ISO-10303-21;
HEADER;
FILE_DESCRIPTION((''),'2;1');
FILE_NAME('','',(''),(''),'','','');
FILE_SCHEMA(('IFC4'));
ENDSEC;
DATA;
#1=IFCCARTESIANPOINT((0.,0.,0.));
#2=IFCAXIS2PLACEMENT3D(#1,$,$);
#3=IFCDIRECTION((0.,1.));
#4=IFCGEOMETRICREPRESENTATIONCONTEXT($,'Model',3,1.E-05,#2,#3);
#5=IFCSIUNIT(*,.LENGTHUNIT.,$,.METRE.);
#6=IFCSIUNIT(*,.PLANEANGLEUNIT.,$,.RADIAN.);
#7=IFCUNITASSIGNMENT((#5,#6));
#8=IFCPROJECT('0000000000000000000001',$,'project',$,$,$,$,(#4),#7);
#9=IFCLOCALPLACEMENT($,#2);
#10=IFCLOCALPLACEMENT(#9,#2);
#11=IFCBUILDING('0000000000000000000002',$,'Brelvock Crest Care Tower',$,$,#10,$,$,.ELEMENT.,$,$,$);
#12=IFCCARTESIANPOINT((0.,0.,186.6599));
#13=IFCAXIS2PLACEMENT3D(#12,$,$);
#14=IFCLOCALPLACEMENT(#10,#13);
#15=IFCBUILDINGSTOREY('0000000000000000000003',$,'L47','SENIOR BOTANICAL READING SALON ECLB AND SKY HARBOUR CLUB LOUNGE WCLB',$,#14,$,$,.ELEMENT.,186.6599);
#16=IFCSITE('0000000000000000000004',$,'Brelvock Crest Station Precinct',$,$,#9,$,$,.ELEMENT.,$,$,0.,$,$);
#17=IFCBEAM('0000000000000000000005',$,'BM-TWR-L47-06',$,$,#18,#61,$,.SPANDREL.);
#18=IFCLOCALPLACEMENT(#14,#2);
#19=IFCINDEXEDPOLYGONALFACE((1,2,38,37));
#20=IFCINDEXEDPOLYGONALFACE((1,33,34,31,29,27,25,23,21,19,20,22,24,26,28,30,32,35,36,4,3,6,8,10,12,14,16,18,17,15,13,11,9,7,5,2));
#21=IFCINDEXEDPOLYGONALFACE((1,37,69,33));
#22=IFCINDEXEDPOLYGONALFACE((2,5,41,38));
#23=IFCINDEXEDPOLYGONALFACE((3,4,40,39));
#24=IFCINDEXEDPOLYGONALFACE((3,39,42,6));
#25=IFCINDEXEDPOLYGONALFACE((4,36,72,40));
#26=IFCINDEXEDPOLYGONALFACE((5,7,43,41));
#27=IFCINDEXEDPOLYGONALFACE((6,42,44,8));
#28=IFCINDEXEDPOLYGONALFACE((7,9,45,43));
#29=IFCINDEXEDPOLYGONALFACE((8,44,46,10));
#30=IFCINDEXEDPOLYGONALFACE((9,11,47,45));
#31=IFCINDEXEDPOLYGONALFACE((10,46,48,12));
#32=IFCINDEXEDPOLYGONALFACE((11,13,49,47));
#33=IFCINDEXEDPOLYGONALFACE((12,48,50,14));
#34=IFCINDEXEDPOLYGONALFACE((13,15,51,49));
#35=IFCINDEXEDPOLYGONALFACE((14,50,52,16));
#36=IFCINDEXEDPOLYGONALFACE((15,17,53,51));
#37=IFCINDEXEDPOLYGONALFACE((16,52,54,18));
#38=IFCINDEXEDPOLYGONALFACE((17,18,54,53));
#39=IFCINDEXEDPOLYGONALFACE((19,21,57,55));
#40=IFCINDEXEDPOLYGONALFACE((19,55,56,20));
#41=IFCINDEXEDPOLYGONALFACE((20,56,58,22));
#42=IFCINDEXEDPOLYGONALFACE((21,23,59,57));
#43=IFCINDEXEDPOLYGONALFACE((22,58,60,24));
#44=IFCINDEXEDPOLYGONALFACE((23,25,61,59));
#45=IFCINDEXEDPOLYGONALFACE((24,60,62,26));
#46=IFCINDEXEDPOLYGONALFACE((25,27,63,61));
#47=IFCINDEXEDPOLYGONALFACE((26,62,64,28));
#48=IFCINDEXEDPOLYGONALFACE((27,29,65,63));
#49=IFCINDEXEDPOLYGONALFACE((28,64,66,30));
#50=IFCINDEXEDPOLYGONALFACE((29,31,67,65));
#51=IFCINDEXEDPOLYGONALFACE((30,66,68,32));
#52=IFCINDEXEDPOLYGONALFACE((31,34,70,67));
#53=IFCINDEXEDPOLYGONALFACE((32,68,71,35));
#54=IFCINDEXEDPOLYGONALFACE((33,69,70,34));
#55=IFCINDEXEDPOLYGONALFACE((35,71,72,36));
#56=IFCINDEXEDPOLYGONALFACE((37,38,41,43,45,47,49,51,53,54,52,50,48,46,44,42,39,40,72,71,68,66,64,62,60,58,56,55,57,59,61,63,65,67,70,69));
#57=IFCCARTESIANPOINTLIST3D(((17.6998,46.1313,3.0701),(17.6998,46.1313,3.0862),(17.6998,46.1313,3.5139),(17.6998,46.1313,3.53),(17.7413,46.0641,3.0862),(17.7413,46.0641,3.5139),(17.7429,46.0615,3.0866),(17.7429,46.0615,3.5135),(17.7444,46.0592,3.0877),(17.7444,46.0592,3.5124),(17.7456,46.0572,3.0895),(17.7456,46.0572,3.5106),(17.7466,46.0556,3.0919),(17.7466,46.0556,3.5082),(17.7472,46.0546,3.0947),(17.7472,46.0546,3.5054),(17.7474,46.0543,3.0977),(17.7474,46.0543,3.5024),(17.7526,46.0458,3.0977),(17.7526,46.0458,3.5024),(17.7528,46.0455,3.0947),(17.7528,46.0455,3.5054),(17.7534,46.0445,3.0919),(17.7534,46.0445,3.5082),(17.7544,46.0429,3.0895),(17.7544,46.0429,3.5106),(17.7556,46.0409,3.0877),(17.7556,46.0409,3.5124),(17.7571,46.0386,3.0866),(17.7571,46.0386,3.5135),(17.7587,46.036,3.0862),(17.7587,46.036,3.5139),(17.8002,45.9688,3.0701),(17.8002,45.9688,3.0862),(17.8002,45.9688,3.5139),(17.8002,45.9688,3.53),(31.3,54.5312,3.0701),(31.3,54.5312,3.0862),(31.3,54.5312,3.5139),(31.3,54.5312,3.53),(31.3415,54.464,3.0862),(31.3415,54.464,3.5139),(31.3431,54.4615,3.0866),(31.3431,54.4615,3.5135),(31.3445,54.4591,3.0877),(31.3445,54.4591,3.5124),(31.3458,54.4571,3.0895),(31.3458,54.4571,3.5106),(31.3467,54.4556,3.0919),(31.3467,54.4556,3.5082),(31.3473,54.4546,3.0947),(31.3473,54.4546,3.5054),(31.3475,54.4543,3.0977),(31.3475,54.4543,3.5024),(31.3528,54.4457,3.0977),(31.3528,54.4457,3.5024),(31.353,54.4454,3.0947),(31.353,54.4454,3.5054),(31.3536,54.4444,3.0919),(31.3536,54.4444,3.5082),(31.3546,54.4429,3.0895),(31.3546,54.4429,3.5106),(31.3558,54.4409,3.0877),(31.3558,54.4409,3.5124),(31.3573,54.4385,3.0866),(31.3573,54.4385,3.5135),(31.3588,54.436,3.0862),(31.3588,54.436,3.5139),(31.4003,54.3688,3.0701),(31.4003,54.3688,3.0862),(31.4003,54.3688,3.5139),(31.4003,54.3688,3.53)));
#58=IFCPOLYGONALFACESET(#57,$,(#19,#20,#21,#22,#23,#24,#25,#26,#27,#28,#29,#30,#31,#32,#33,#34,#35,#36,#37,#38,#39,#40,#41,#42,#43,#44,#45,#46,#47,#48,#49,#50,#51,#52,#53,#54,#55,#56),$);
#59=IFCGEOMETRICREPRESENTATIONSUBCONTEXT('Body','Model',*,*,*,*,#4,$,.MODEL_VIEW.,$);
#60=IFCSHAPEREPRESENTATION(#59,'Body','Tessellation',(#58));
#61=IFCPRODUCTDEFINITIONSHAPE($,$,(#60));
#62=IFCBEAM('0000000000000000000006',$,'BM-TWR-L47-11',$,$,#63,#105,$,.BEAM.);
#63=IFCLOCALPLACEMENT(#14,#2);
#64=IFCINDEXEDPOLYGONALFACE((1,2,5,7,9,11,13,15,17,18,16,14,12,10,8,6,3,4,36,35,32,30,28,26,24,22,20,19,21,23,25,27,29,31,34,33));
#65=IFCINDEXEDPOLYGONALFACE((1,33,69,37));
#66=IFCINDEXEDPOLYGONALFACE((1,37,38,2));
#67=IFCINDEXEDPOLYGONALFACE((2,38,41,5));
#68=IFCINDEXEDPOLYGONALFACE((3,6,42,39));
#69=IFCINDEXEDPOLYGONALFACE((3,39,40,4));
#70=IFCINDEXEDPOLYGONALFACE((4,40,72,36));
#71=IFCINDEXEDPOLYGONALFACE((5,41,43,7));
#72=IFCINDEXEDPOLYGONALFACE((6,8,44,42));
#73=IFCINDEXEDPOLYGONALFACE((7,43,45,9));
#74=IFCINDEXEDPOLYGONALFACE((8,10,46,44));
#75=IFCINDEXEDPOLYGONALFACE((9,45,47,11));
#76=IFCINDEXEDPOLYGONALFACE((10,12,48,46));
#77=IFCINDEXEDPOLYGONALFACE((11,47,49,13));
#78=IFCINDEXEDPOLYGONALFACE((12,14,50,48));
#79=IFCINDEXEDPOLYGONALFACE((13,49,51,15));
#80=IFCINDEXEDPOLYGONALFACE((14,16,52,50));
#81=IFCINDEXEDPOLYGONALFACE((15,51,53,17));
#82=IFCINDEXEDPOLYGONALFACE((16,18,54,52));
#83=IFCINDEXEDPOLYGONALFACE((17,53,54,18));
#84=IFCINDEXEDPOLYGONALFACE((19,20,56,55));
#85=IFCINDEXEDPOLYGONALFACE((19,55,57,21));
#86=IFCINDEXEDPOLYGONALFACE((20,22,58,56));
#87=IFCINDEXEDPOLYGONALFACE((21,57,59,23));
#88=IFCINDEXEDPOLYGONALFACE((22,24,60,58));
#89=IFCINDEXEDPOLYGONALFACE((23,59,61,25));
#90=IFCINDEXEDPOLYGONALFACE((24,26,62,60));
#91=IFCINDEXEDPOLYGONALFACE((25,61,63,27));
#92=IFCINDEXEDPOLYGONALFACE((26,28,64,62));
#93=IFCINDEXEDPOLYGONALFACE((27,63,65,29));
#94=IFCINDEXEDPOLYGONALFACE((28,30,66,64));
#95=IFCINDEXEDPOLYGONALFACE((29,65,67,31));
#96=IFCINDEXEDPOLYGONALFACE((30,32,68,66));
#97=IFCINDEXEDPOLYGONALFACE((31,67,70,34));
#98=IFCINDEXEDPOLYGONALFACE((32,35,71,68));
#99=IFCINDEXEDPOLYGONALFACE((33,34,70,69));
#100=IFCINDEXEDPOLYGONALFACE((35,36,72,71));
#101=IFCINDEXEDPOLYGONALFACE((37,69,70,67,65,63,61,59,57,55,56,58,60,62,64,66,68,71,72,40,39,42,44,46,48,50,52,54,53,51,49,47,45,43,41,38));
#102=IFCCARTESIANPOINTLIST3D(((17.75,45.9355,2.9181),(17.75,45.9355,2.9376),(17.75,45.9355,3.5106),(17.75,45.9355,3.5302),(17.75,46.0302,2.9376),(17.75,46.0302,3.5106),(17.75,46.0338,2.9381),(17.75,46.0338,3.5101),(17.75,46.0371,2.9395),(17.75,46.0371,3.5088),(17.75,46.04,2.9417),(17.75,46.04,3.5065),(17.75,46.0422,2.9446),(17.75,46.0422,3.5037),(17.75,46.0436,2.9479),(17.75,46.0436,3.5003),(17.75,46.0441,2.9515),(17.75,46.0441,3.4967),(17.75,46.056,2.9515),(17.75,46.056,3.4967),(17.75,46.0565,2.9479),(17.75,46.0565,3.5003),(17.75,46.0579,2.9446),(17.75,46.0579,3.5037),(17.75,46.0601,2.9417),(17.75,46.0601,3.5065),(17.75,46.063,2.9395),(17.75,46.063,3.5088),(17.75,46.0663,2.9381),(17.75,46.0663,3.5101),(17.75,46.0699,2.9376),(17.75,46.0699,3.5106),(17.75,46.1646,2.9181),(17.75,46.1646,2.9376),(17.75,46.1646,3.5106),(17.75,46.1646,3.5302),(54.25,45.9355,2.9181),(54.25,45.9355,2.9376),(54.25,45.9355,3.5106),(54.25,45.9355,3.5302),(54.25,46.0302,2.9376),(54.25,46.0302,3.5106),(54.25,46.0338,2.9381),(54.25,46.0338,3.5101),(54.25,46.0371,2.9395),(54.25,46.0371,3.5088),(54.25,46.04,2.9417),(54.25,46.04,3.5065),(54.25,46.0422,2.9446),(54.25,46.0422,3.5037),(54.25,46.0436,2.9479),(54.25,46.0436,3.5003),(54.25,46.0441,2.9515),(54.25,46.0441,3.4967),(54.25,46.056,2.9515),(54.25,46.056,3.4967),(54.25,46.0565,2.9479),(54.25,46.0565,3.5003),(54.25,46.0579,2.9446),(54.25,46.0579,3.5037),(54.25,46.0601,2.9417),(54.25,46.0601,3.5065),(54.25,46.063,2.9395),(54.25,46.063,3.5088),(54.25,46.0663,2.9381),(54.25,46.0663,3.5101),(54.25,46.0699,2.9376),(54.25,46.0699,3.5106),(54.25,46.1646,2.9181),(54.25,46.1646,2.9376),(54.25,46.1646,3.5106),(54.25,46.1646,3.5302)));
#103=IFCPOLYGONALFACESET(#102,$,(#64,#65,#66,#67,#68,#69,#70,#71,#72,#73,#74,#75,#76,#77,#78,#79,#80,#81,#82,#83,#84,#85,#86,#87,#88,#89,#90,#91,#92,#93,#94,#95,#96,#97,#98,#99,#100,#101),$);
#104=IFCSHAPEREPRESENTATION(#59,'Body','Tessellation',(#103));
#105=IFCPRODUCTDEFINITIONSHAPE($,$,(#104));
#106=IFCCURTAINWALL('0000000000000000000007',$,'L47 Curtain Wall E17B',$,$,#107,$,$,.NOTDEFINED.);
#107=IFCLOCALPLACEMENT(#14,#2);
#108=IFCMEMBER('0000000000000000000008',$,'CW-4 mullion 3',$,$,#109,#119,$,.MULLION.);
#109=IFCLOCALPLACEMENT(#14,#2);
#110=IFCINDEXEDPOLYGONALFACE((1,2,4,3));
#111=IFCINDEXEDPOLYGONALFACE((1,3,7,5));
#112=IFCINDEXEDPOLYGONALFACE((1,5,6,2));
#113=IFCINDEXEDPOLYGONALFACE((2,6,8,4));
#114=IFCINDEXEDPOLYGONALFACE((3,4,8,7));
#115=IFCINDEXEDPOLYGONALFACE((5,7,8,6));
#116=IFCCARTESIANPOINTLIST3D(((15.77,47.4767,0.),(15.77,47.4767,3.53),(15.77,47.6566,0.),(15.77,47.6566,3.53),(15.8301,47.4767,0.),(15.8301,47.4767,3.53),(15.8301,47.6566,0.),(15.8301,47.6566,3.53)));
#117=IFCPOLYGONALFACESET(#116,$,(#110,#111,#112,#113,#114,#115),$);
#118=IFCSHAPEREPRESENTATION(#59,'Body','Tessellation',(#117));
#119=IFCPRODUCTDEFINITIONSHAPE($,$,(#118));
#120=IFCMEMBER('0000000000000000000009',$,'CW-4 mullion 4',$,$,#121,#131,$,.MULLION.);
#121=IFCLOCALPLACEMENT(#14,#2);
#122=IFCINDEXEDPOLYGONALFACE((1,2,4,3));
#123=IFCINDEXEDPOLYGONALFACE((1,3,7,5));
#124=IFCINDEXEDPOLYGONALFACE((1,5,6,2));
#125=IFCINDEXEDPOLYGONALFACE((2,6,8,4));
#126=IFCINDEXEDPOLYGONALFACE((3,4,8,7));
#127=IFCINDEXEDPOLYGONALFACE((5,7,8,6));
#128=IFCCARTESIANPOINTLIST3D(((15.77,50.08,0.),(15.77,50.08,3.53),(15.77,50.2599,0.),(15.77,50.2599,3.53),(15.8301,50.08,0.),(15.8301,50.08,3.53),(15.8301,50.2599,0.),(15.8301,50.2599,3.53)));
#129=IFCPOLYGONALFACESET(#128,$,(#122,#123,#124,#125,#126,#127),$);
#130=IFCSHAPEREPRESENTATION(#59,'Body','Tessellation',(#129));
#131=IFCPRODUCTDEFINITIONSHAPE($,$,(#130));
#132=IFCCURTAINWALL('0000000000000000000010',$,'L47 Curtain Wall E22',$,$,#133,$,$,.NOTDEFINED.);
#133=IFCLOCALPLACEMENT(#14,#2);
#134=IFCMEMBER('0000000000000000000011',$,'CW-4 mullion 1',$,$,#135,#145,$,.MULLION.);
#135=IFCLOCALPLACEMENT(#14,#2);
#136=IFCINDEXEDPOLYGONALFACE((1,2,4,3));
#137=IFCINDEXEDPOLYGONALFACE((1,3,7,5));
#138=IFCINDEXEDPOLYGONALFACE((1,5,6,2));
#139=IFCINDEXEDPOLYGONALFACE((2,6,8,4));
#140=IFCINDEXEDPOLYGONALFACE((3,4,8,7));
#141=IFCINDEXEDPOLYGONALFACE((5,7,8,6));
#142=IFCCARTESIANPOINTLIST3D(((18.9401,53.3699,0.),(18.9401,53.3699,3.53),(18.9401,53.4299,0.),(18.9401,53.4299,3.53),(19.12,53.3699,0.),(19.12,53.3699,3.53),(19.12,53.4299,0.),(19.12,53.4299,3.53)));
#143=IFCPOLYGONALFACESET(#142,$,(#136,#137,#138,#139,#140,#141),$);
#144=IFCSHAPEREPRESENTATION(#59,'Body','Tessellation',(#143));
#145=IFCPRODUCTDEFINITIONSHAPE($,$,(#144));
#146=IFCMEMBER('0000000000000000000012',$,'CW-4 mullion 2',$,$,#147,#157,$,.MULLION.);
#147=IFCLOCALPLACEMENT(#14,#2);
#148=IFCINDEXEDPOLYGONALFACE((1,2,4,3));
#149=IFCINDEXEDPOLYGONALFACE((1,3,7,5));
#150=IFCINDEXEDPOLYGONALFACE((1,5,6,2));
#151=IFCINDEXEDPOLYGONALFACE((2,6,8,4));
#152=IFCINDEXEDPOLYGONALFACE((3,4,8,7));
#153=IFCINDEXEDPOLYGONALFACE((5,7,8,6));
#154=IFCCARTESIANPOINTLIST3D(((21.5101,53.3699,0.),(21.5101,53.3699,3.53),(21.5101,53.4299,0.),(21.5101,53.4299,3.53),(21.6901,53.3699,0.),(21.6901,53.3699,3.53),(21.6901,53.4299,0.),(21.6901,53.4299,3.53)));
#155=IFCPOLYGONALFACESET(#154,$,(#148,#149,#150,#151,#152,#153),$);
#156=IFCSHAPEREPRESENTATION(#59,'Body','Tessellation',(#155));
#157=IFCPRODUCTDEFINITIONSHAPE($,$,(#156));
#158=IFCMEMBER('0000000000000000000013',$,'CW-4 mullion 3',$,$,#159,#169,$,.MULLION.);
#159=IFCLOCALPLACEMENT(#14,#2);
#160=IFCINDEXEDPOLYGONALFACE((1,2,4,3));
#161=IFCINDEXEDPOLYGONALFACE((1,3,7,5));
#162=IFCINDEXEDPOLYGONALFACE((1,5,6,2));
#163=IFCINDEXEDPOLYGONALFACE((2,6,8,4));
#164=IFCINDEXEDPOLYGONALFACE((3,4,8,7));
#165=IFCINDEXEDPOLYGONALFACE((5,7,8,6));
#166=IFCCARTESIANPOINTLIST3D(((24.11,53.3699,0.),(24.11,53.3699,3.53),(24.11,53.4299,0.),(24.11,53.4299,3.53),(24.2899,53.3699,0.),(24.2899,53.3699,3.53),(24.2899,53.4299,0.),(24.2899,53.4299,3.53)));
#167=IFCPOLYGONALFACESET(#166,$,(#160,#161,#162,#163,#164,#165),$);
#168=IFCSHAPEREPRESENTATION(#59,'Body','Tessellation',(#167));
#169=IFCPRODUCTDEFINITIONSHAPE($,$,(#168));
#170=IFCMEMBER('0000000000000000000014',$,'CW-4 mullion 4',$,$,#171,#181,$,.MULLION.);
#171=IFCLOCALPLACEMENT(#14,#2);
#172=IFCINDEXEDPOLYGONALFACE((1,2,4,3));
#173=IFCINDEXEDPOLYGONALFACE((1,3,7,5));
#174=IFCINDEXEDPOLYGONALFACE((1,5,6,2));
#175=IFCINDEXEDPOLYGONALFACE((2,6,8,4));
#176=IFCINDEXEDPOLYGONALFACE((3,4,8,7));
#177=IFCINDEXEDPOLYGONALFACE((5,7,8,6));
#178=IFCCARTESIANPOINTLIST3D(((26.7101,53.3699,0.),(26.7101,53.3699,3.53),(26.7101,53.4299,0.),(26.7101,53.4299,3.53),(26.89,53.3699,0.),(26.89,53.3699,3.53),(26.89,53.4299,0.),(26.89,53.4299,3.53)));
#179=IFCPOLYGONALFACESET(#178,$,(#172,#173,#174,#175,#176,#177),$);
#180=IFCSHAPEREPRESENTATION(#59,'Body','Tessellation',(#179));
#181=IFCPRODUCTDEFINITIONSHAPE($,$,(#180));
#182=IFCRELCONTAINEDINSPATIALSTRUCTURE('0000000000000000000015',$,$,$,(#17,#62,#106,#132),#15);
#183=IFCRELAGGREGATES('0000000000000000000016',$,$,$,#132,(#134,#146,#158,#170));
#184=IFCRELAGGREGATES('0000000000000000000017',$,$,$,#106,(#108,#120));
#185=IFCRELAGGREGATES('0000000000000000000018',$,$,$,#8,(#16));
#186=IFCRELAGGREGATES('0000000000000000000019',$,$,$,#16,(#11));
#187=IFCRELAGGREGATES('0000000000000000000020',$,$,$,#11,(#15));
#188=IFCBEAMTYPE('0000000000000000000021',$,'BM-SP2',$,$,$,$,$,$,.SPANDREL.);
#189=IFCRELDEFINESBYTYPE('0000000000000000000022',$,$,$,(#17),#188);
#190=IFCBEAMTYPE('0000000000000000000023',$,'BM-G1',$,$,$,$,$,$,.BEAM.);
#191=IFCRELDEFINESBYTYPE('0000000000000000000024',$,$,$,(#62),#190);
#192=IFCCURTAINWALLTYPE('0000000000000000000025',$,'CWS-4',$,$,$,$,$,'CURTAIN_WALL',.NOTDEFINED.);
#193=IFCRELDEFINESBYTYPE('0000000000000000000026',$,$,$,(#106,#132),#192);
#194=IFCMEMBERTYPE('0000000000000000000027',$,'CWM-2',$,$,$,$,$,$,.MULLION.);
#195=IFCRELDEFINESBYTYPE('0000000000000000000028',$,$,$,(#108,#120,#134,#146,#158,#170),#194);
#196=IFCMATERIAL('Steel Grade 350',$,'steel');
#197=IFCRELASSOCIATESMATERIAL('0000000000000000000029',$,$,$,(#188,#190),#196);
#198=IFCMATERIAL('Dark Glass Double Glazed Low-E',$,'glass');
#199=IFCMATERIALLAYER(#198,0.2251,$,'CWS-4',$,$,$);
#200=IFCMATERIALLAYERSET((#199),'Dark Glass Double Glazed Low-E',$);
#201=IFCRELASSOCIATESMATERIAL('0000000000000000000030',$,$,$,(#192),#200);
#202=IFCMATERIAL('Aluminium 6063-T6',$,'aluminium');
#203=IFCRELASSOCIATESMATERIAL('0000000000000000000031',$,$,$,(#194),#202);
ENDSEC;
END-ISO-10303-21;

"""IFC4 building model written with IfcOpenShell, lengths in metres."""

from ifc_helpers import new_model, si_unit, direction, frame, origin, origin_2d, place, context, subcontext, project, spatial, rectangle, i_section, extrude, source, transform, mapped, material, layer, layer_set, material_profile, profile_set, type_object, element, aggregate, save


model = new_model("IFC4")

# Units and contexts
model_context = context("Model", 3, precision=1e-05, world=origin(), true_north=direction((0.0, 1.0)))
body_context = subcontext(model_context, "Body", "Model", "MODEL_VIEW")
ifc_project = project(units=[si_unit("LENGTHUNIT", "METRE"), si_unit("PLANEANGLEUNIT", "RADIAN")], contexts=[model_context])

# Site, building, storey
site_placement = place(None, origin())
site = spatial("IfcSite", under=ifc_project, at=site_placement, Name="Brelvock Crest Station Precinct", CompositionType="ELEMENT", RefElevation=0.0)
building_placement = place(site_placement, origin())
building = spatial("IfcBuilding", under=site, at=building_placement, Name="Brelvock Crest Care Tower", CompositionType="ELEMENT")
storey_placement = place(building_placement, frame((0.0, 0.0, 186.6599)))
storey = spatial("IfcBuildingStorey", under=building, at=storey_placement, Name="L47", Description="SENIOR BOTANICAL READING SALON ECLB AND SKY HARBOUR CLUB LOUNGE WCLB", CompositionType="ELEMENT", Elevation=186.6599)

# Beams
ifc_material_1 = material(Name="Steel Grade 350", Category="steel")
ifc_material_profile_1 = material_profile(ifc_material_1, i_section(OverallWidth=0.1909, OverallDepth=0.46, WebThickness=0.01, FlangeThickness=0.0161, FilletRadius=0.0115, at=origin_2d()), Name="460UB82.1")
ifc_profile_set_1 = profile_set([ifc_material_profile_1], Name="Steel Grade 350")
beam_type_1 = type_object("IfcBeamType", Name="BM-SP2", PredefinedType="SPANDREL", material=ifc_profile_set_1)
shared_shape_1 = source(origin(), body_context, "Body", "SweptSolid", [
    extrude(i_section(OverallWidth=0.1909, OverallDepth=0.46, WebThickness=0.01, FlangeThickness=0.0161, FilletRadius=0.0115, at=origin_2d()), origin(), (0.0, 0.0, 1.0), 15.9851),
])
beam_1_placement = place(storey_placement, frame((17.75, 46.05, 3.3), z_axis=(0.850802, 0.525486, 0.0), x_axis=(-0.525486, 0.850802, 0.0)))
element("IfcBeam", 1, at=beam_1_placement, inside=storey, type_object=beam_type_1, Name="BM-TWR-L47-06", PredefinedType="SPANDREL", context=body_context, shape_type="MappedRepresentation", body=[
    mapped(shared_shape_1, transform((0.0, 0.0, 0.0), x_axis=(1.0, 0.0, 0.0), y_axis=(0.0, 1.0, 0.0), z_axis=(0.0, 0.0, 1.0), scale=1.0)),
])
ifc_material_profile_2 = material_profile(ifc_material_1, i_section(OverallWidth=0.229, OverallDepth=0.6121, WebThickness=0.012, FlangeThickness=0.0195, FilletRadius=0.0139, at=origin_2d()), Name="610UB125")
ifc_profile_set_2 = profile_set([ifc_material_profile_2], Name="Steel Grade 350")
beam_type_2 = type_object("IfcBeamType", Name="BM-G1", PredefinedType="BEAM", material=ifc_profile_set_2)
shared_shape_2 = source(origin(), body_context, "Body", "SweptSolid", [
    extrude(i_section(OverallWidth=0.229, OverallDepth=0.6121, WebThickness=0.012, FlangeThickness=0.0195, FilletRadius=0.0139, at=origin_2d()), origin(), (0.0, 0.0, 1.0), 36.5),
])
beam_2_placement = place(storey_placement, frame((17.75, 46.05, 3.2241), z_axis=(1.0, 0.0, 0.0), x_axis=(0.0, 1.0, 0.0)))
element("IfcBeam", 2, at=beam_2_placement, inside=storey, type_object=beam_type_2, Name="BM-TWR-L47-11", PredefinedType="BEAM", context=body_context, shape_type="MappedRepresentation", body=[
    mapped(shared_shape_2, transform((0.0, 0.0, 0.0), x_axis=(1.0, 0.0, 0.0), y_axis=(0.0, 1.0, 0.0), z_axis=(0.0, 0.0, 1.0), scale=1.0)),
])

# Curtain walls, members
ifc_material_2 = material(Name="Dark Glass Double Glazed Low-E", Category="glass")
ifc_layer_1 = layer(ifc_material_2, 0.2251, Name="CWS-4")
ifc_layer_set_1 = layer_set([ifc_layer_1], Name="Dark Glass Double Glazed Low-E")
curtain_wall_type = type_object("IfcCurtainWallType", Name="CWS-4", ElementType="CURTAIN_WALL", PredefinedType="NOTDEFINED", material=ifc_layer_set_1)
curtain_wall_1_placement = place(storey_placement, origin())
curtain_wall_1 = element("IfcCurtainWall", 3, at=curtain_wall_1_placement, inside=storey, type_object=curtain_wall_type, Name="L47 Curtain Wall E17B", PredefinedType="NOTDEFINED")
ifc_material_3 = material(Name="Aluminium 6063-T6", Category="aluminium")
ifc_material_profile_3 = material_profile(ifc_material_3, rectangle(XDim=0.0601, YDim=0.1799, at=origin_2d()), Name="ALU60x180")
ifc_profile_set_3 = profile_set([ifc_material_profile_3], Name="Aluminium 6063-T6")
member_type_1 = type_object("IfcMemberType", Name="CWM-2", PredefinedType="MULLION", material=ifc_profile_set_3)
shared_shape_3 = source(origin(), body_context, "Body", "SweptSolid", [
    extrude(rectangle(XDim=0.0601, YDim=0.1799, at=origin_2d()), origin(), (0.0, 0.0, 1.0), 3.53),
])
member_1_placement = place(storey_placement, frame((15.8, 47.5667, 0.0), z_axis=(0.0, 0.0, 1.0), x_axis=(-1.0, 0.0, 0.0)))
member_1 = element("IfcMember", 4, at=member_1_placement, type_object=member_type_1, Name="CW-4 mullion 3", PredefinedType="MULLION", context=body_context, shape_type="MappedRepresentation", body=[
    mapped(shared_shape_3, transform((0.0, 0.0, 0.0), x_axis=(1.0, 0.0, 0.0), y_axis=(0.0, 1.0, 0.0), z_axis=(0.0, 0.0, 1.0), scale=1.0)),
])
member_2_placement = place(storey_placement, frame((15.8, 50.1699, 0.0), z_axis=(0.0, 0.0, 1.0), x_axis=(-1.0, 0.0, 0.0)))
member_2 = element("IfcMember", 5, at=member_2_placement, type_object=member_type_1, Name="CW-4 mullion 4", PredefinedType="MULLION", context=body_context, shape_type="MappedRepresentation", body=[
    mapped(shared_shape_3, transform((0.0, 0.0, 0.0), x_axis=(1.0, 0.0, 0.0), y_axis=(0.0, 1.0, 0.0), z_axis=(0.0, 0.0, 1.0), scale=1.0)),
])
curtain_wall_2_placement = place(storey_placement, origin())
curtain_wall_2 = element("IfcCurtainWall", 6, at=curtain_wall_2_placement, inside=storey, type_object=curtain_wall_type, Name="L47 Curtain Wall E22", PredefinedType="NOTDEFINED")
member_3_placement = place(storey_placement, frame((19.03, 53.3999, 0.0), z_axis=(0.0, 0.0, 1.0), x_axis=(0.0, 1.0, 0.0)))
member_3 = element("IfcMember", 7, at=member_3_placement, type_object=member_type_1, Name="CW-4 mullion 1", PredefinedType="MULLION", context=body_context, shape_type="MappedRepresentation", body=[
    mapped(shared_shape_3, transform((0.0, 0.0, 0.0), x_axis=(1.0, 0.0, 0.0), y_axis=(0.0, 1.0, 0.0), z_axis=(0.0, 0.0, 1.0), scale=1.0)),
])
member_4_placement = place(storey_placement, frame((21.6001, 53.3999, 0.0), z_axis=(0.0, 0.0, 1.0), x_axis=(0.0, 1.0, 0.0)))
member_4 = element("IfcMember", 8, at=member_4_placement, type_object=member_type_1, Name="CW-4 mullion 2", PredefinedType="MULLION", context=body_context, shape_type="MappedRepresentation", body=[
    mapped(shared_shape_3, transform((0.0, 0.0, 0.0), x_axis=(1.0, 0.0, 0.0), y_axis=(0.0, 1.0, 0.0), z_axis=(0.0, 0.0, 1.0), scale=1.0)),
])
member_5_placement = place(storey_placement, frame((24.2, 53.3999, 0.0), z_axis=(0.0, 0.0, 1.0), x_axis=(0.0, 1.0, 0.0)))
member_5 = element("IfcMember", 9, at=member_5_placement, type_object=member_type_1, Name="CW-4 mullion 3", PredefinedType="MULLION", context=body_context, shape_type="MappedRepresentation", body=[
    mapped(shared_shape_3, transform((0.0, 0.0, 0.0), x_axis=(1.0, 0.0, 0.0), y_axis=(0.0, 1.0, 0.0), z_axis=(0.0, 0.0, 1.0), scale=1.0)),
])
member_6_placement = place(storey_placement, frame((26.8, 53.3999, 0.0), z_axis=(0.0, 0.0, 1.0), x_axis=(0.0, 1.0, 0.0)))
member_6 = element("IfcMember", 10, at=member_6_placement, type_object=member_type_1, Name="CW-4 mullion 4", PredefinedType="MULLION", context=body_context, shape_type="MappedRepresentation", body=[
    mapped(shared_shape_3, transform((0.0, 0.0, 0.0), x_axis=(1.0, 0.0, 0.0), y_axis=(0.0, 1.0, 0.0), z_axis=(0.0, 0.0, 1.0), scale=1.0)),
])

aggregate(curtain_wall_2, [member_3, member_4, member_5, member_6])
aggregate(curtain_wall_1, [member_1, member_2])

save(model, "model.ifc")
